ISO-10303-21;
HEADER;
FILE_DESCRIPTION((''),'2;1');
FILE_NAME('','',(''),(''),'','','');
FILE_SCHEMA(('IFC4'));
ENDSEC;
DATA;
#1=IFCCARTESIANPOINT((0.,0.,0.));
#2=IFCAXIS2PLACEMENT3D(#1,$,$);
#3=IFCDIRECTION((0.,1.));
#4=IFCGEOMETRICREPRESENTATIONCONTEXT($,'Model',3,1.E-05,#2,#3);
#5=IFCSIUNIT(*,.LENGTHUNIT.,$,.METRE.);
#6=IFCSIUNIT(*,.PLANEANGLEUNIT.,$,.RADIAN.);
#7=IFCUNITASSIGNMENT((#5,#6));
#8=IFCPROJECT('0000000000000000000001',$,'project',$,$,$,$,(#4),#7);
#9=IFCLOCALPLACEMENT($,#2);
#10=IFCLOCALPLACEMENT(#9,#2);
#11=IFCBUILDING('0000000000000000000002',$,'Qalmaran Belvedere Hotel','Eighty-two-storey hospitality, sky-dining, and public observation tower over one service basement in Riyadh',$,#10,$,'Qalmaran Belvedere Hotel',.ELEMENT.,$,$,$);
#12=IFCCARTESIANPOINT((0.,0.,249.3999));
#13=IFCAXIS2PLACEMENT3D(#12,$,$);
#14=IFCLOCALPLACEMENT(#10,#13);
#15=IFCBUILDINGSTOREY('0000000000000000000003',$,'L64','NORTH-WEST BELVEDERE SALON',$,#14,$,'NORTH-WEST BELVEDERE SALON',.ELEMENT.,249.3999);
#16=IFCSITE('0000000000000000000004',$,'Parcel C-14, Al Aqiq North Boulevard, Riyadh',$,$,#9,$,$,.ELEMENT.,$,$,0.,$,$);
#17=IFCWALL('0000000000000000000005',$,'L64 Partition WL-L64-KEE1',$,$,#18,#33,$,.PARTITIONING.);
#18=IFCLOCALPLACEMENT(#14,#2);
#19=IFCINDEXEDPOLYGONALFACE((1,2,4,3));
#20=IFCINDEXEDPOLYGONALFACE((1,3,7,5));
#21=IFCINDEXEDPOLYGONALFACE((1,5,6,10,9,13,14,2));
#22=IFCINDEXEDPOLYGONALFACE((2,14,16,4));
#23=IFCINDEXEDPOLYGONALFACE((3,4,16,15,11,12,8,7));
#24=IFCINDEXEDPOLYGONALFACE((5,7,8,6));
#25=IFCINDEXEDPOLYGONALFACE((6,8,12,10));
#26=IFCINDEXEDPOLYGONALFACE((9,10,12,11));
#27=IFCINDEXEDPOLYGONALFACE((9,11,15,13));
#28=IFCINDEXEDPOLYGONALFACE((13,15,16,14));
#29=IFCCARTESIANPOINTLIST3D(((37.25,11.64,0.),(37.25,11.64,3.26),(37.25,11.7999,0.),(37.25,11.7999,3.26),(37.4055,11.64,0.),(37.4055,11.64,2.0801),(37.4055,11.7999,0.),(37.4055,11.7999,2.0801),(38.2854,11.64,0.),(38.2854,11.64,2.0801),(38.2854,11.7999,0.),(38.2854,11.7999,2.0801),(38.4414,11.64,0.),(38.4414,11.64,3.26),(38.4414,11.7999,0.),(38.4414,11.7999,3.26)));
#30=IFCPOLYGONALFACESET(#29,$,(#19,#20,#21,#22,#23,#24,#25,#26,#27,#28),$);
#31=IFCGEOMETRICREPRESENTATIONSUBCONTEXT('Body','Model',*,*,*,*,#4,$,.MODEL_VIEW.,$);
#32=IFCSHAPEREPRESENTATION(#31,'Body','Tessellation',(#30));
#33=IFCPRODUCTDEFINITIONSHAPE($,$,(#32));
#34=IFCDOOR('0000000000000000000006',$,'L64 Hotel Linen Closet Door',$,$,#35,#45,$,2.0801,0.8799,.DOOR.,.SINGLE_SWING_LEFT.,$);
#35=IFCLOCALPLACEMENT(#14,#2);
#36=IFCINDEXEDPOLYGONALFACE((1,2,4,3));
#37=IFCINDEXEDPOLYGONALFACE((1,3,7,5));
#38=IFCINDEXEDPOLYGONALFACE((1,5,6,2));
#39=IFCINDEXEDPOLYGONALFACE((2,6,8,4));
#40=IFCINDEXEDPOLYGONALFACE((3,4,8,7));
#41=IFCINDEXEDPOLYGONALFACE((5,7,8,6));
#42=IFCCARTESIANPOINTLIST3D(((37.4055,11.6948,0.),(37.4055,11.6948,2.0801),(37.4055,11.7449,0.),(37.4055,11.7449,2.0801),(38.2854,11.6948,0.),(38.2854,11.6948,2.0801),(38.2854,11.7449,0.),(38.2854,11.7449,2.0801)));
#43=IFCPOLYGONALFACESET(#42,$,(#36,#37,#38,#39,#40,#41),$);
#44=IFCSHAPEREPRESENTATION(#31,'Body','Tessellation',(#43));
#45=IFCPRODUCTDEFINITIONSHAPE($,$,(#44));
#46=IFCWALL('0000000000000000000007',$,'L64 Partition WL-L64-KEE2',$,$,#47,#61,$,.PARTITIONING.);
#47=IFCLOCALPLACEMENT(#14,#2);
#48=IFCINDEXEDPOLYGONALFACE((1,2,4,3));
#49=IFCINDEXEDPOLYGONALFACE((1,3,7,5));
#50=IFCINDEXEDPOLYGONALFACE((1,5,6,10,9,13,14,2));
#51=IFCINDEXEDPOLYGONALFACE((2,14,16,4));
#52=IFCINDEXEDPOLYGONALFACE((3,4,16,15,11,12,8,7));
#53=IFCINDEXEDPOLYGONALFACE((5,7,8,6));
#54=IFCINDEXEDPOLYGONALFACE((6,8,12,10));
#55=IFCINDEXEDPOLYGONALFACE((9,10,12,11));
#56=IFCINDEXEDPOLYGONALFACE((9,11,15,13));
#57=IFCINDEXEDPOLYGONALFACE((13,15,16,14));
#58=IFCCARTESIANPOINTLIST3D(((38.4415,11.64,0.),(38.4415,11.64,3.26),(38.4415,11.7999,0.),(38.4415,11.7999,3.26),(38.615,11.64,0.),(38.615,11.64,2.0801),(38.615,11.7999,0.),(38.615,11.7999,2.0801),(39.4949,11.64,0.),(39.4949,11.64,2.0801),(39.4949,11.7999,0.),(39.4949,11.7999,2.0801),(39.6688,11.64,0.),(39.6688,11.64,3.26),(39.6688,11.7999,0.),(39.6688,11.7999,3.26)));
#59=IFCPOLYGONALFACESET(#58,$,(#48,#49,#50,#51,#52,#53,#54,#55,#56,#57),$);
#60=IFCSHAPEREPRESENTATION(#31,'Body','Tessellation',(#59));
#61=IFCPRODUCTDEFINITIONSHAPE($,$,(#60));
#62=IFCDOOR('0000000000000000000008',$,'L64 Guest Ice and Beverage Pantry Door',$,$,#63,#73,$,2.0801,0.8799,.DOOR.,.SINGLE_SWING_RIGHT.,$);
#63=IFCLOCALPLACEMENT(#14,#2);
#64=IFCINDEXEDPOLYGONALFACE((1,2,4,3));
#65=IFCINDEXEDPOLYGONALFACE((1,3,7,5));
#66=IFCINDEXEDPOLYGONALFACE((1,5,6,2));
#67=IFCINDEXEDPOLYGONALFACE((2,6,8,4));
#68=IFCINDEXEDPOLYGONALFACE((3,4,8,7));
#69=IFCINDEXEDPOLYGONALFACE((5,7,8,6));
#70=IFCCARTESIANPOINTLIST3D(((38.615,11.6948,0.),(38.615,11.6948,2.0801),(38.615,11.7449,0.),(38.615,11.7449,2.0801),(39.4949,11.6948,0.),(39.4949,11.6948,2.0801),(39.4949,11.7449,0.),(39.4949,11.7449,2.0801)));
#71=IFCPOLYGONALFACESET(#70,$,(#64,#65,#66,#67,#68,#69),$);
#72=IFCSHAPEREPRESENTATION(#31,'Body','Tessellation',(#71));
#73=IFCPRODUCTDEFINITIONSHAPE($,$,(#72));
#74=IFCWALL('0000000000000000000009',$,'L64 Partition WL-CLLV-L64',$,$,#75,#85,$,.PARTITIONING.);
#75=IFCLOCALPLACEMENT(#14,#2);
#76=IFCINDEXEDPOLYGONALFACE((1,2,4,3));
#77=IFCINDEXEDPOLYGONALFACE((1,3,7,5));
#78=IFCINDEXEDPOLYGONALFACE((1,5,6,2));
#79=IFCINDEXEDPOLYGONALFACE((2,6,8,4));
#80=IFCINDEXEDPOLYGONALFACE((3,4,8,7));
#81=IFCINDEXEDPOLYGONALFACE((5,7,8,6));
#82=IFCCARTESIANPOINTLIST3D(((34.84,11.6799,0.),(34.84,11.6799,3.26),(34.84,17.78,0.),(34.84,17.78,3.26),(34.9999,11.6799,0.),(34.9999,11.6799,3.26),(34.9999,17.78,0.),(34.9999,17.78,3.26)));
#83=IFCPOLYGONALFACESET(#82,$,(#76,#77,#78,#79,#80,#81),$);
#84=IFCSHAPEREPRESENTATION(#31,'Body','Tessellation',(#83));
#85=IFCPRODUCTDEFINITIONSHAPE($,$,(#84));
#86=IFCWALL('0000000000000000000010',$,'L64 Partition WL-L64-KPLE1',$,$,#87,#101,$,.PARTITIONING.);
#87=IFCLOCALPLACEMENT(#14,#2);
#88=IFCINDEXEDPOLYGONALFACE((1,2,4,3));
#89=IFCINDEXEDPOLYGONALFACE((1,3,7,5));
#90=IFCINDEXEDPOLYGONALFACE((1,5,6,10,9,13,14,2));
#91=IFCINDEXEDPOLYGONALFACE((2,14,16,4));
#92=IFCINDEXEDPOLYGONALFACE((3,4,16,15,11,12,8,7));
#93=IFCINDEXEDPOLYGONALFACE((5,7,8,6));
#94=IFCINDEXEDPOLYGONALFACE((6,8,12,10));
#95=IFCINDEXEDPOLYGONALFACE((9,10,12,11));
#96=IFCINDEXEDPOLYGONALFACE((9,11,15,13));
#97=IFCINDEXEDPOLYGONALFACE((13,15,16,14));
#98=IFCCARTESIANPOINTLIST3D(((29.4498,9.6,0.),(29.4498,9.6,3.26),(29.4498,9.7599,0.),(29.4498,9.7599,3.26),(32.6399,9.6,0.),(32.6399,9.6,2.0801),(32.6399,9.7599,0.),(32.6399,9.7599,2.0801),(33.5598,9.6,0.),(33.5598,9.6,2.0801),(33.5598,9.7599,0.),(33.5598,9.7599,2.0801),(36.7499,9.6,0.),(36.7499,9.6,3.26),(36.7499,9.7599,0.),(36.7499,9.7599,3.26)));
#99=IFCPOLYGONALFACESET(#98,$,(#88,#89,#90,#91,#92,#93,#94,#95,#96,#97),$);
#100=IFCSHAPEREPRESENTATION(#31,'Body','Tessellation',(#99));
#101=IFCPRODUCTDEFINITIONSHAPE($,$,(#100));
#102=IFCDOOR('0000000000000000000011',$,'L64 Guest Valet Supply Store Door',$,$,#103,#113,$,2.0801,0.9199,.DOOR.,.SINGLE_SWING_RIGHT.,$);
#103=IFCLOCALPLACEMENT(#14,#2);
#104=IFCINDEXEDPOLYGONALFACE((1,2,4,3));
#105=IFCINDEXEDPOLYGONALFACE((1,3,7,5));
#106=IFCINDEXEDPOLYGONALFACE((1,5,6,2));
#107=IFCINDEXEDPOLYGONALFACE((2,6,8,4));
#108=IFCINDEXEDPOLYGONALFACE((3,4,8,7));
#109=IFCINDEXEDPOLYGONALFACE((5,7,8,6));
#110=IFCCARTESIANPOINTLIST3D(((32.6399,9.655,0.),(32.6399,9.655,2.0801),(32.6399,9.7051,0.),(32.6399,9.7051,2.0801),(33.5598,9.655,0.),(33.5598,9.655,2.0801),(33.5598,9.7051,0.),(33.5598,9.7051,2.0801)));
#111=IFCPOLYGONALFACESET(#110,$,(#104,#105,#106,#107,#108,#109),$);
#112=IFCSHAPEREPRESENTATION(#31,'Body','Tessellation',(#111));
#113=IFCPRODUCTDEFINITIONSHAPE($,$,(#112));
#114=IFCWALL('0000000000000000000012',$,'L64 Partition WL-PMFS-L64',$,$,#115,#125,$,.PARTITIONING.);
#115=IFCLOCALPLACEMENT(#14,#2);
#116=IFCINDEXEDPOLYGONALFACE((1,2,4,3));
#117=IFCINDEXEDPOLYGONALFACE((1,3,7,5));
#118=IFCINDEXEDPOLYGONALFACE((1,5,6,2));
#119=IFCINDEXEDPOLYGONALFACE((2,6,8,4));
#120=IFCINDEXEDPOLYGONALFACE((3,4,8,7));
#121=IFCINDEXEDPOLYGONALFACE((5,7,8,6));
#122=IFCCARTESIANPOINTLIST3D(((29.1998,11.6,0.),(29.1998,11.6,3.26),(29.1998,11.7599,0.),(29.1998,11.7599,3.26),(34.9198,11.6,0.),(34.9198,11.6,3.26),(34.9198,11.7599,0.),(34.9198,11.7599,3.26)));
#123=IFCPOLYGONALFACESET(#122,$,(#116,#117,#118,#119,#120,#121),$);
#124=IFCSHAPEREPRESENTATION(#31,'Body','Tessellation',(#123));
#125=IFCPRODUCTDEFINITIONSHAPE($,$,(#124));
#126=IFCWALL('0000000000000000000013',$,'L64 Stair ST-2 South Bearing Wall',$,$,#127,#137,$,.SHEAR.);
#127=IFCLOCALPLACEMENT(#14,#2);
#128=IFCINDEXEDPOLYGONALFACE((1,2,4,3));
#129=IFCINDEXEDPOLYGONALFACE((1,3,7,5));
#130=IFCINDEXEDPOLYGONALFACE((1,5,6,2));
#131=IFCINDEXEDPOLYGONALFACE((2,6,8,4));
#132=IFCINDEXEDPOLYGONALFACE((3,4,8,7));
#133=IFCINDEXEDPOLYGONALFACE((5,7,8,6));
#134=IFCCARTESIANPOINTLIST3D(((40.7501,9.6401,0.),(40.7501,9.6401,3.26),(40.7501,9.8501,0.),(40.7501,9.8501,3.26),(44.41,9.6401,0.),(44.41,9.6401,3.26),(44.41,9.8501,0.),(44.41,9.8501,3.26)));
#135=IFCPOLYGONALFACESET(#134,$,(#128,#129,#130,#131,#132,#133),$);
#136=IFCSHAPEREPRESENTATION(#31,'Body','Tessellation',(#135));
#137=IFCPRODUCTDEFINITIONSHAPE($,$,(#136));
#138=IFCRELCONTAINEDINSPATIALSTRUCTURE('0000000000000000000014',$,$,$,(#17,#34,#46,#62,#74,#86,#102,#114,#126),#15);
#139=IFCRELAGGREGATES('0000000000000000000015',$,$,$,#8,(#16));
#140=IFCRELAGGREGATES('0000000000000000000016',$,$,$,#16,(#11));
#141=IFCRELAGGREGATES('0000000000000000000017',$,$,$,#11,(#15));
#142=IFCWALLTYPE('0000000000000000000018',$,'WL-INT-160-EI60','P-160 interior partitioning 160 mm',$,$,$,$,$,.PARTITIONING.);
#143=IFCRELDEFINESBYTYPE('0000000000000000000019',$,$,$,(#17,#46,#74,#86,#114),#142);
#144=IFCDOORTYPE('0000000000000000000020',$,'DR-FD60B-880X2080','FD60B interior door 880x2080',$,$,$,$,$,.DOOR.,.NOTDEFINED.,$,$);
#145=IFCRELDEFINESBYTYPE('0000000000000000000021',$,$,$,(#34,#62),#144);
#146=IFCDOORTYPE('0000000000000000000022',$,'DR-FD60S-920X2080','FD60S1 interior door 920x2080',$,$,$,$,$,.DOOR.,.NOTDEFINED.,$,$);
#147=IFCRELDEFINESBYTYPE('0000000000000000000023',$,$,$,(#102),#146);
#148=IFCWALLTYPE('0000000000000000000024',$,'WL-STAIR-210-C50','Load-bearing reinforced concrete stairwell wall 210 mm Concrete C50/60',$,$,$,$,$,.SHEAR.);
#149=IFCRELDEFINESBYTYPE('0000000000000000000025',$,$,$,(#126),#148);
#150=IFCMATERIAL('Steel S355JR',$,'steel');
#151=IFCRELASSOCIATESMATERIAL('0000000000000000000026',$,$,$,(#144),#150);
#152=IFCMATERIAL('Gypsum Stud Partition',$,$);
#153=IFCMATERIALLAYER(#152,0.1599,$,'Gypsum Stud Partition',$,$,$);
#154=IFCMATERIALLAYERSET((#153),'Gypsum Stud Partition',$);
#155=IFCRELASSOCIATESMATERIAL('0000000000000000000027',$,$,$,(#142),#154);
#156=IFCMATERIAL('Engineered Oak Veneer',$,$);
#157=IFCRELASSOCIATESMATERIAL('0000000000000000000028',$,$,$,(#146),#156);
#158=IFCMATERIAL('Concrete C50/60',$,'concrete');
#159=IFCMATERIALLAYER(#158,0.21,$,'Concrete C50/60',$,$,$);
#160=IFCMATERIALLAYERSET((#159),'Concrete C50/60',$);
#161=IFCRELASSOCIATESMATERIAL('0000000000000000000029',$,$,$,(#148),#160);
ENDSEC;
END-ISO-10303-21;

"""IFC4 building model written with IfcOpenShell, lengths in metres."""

from ifc_helpers import new_model, si_unit, direction, frame, frame_2d, origin, place, context, subcontext, project, spatial, rectangle, extrude, material, layer, layer_set, type_object, element, fill, save


model = new_model("IFC4")

# Units and contexts
model_context = context("Model", 3, precision=1e-05, world=origin(), true_north=direction((0.0, 1.0)))
body_context = subcontext(model_context, "Body", "Model", "MODEL_VIEW")
ifc_project = project(units=[si_unit("LENGTHUNIT", "METRE"), si_unit("PLANEANGLEUNIT", "RADIAN")], contexts=[model_context])

# Site, building, storey
site_placement = place(None, origin())
site = spatial("IfcSite", under=ifc_project, at=site_placement, Name="Parcel C-14, Al Aqiq North Boulevard, Riyadh", CompositionType="ELEMENT", RefElevation=0.0)
building_placement = place(site_placement, origin())
building = spatial("IfcBuilding", under=site, at=building_placement, Name="Qalmaran Belvedere Hotel", Description="Eighty-two-storey hospitality, sky-dining, and public observation tower over one service basement in Riyadh", LongName="Qalmaran Belvedere Hotel", CompositionType="ELEMENT")
storey_placement = place(building_placement, frame((0.0, 0.0, 249.3999)))
storey = spatial("IfcBuildingStorey", under=building, at=storey_placement, Name="L64", Description="NORTH-WEST BELVEDERE SALON", LongName="NORTH-WEST BELVEDERE SALON", CompositionType="ELEMENT", Elevation=249.3999)

# Shared definitions
ifc_material_1 = material(Name="Concrete C50/60", Category="concrete")

# Shared definitions
ifc_material_2 = material(Name="Steel S355JR", Category="steel")

# Shared definitions
ifc_material_3 = material(Name="Gypsum Stud Partition")

# Walls, openings, doors
door_type_1 = type_object("IfcDoorType", Name="DR-FD60B-880X2080", Description="FD60B interior door 880x2080", OperationType="NOTDEFINED", PredefinedType="DOOR", material=ifc_material_2)
ifc_layer_1 = layer(ifc_material_3, 0.1599, Name="Gypsum Stud Partition")
ifc_layer_set_1 = layer_set([ifc_layer_1], Name="Gypsum Stud Partition")
wall_type_1 = type_object("IfcWallType", Name="WL-INT-160-EI60", Description="P-160 interior partitioning 160 mm", PredefinedType="PARTITIONING", material=ifc_layer_set_1)
wall_1_placement = place(storey_placement, frame((37.25, 11.72, 0.0), z_axis=(0.0, 0.0, 1.0), x_axis=(1.0, 0.0, 0.0)))
wall_1 = element("IfcWall", 1, at=wall_1_placement, inside=storey, type_object=wall_type_1, Name="L64 Partition WL-L64-KEE1", PredefinedType="PARTITIONING", context=body_context, shape_type="SweptSolid", body=[
    extrude(rectangle(XDim=1.1914, YDim=0.1599, at=frame_2d((0.5957, 0.0))), origin(), (0.0, 0.0, 1.0), 3.26),
])
opening_1_placement = place(wall_1_placement, frame((0.1555, 0.0, 0.0)))
opening_1 = element("IfcOpeningElement", 2, at=opening_1_placement, cuts=wall_1, PredefinedType="OPENING", context=body_context, shape_type="SweptSolid", body=[
    extrude(rectangle(XDim=0.8799, YDim=2.0801, at=frame_2d((0.4399, 1.04))), frame((0.0, 0.0898, 0.0), z_axis=(0.0, -1.0, 0.0), x_axis=(1.0, 0.0, 0.0)), (0.0, 0.0, 1.0), 0.1799),
])
door_1_placement = place(opening_1_placement, origin())
door_1 = element("IfcDoor", 3, at=door_1_placement, inside=storey, type_object=door_type_1, Name="L64 Hotel Linen Closet Door", OperationType="SINGLE_SWING_LEFT", OverallHeight=2.0801, OverallWidth=0.8799, PredefinedType="DOOR", context=body_context, shape_type="SweptSolid", body=[
    extrude(rectangle(XDim=0.8799, YDim=2.0801, at=frame_2d((0.4399, 1.04))), frame((0.0, 0.0249, 0.0), z_axis=(0.0, -1.0, 0.0), x_axis=(1.0, 0.0, 0.0)), (0.0, 0.0, 1.0), 0.05),
])
fill(opening_1, door_1)
wall_2_placement = place(storey_placement, frame((38.4414, 11.72, 0.0), z_axis=(0.0, 0.0, 1.0), x_axis=(1.0, 0.0, 0.0)))
wall_2 = element("IfcWall", 4, at=wall_2_placement, inside=storey, type_object=wall_type_1, Name="L64 Partition WL-L64-KEE2", PredefinedType="PARTITIONING", context=body_context, shape_type="SweptSolid", body=[
    extrude(rectangle(XDim=1.2273, YDim=0.1599, at=frame_2d((0.6138, 0.0))), origin(), (0.0, 0.0, 1.0), 3.26),
])
opening_2_placement = place(wall_2_placement, frame((0.1736, 0.0, 0.0)))
opening_2 = element("IfcOpeningElement", 5, at=opening_2_placement, cuts=wall_2, PredefinedType="OPENING", context=body_context, shape_type="SweptSolid", body=[
    extrude(rectangle(XDim=0.8799, YDim=2.0801, at=frame_2d((0.4399, 1.04))), frame((0.0, 0.0898, 0.0), z_axis=(0.0, -1.0, 0.0), x_axis=(1.0, 0.0, 0.0)), (0.0, 0.0, 1.0), 0.1799),
])
door_2_placement = place(opening_2_placement, origin())
door_2 = element("IfcDoor", 6, at=door_2_placement, inside=storey, type_object=door_type_1, Name="L64 Guest Ice and Beverage Pantry Door", OperationType="SINGLE_SWING_RIGHT", OverallHeight=2.0801, OverallWidth=0.8799, PredefinedType="DOOR", context=body_context, shape_type="SweptSolid", body=[
    extrude(rectangle(XDim=0.8799, YDim=2.0801, at=frame_2d((0.4399, 1.04))), frame((0.0, 0.0249, 0.0), z_axis=(0.0, -1.0, 0.0), x_axis=(1.0, 0.0, 0.0)), (0.0, 0.0, 1.0), 0.05),
])
fill(opening_2, door_2)
ifc_material_4 = material(Name="Engineered Oak Veneer")

# Wall
wall_3_placement = place(storey_placement, frame((34.9199, 11.6799, 0.0), z_axis=(0.0, 0.0, 1.0), x_axis=(0.0, 1.0, 0.0)))
element("IfcWall", 7, at=wall_3_placement, inside=storey, type_object=wall_type_1, Name="L64 Partition WL-CLLV-L64", PredefinedType="PARTITIONING", context=body_context, shape_type="SweptSolid", body=[
    extrude(rectangle(XDim=6.1001, YDim=0.1599, at=frame_2d((3.05, 0.0))), origin(), (0.0, 0.0, 1.0), 3.26),
])

# Wall, opening, door
wall_4_placement = place(storey_placement, frame((29.45, 9.6799, 0.0), z_axis=(0.0, 0.0, 1.0), x_axis=(1.0, 0.0, 0.0)))
wall_4 = element("IfcWall", 8, at=wall_4_placement, inside=storey, type_object=wall_type_1, Name="L64 Partition WL-L64-KPLE1", PredefinedType="PARTITIONING", context=body_context, shape_type="SweptSolid", body=[
    extrude(rectangle(XDim=7.3, YDim=0.1599, at=frame_2d((3.6499, 0.0))), origin(), (0.0, 0.0, 1.0), 3.26),
])
opening_3_placement = place(wall_4_placement, frame((4.1099, 0.0, 0.0), z_axis=(0.0, 0.0, 1.0), x_axis=(-1.0, 0.0, 0.0)))
opening_3 = element("IfcOpeningElement", 9, at=opening_3_placement, cuts=wall_4, PredefinedType="OPENING", context=body_context, shape_type="SweptSolid", body=[
    extrude(rectangle(XDim=0.9199, YDim=2.0801, at=frame_2d((0.46, 1.04))), frame((0.0, 0.0898, 0.0), z_axis=(0.0, -1.0, 0.0), x_axis=(1.0, 0.0, 0.0)), (0.0, 0.0, 1.0), 0.1799),
])
door_type_2 = type_object("IfcDoorType", Name="DR-FD60S-920X2080", Description="FD60S1 interior door 920x2080", OperationType="NOTDEFINED", PredefinedType="DOOR", material=ifc_material_4)
door_3_placement = place(opening_3_placement, origin())
door_3 = element("IfcDoor", 10, at=door_3_placement, inside=storey, type_object=door_type_2, Name="L64 Guest Valet Supply Store Door", OperationType="SINGLE_SWING_RIGHT", OverallHeight=2.0801, OverallWidth=0.9199, PredefinedType="DOOR", context=body_context, shape_type="SweptSolid", body=[
    extrude(rectangle(XDim=0.9199, YDim=2.0801, at=frame_2d((0.46, 1.04))), frame((0.0, 0.0249, 0.0), z_axis=(0.0, -1.0, 0.0), x_axis=(1.0, 0.0, 0.0)), (0.0, 0.0, 1.0), 0.05),
])
fill(opening_3, door_3)

# Walls
wall_5_placement = place(storey_placement, frame((29.2, 11.6799, 0.0), z_axis=(0.0, 0.0, 1.0), x_axis=(1.0, 0.0, 0.0)))
element("IfcWall", 11, at=wall_5_placement, inside=storey, type_object=wall_type_1, Name="L64 Partition WL-PMFS-L64", PredefinedType="PARTITIONING", context=body_context, shape_type="SweptSolid", body=[
    extrude(rectangle(XDim=5.72, YDim=0.1599, at=frame_2d((2.8599, 0.0))), origin(), (0.0, 0.0, 1.0), 3.26),
])
ifc_layer_2 = layer(ifc_material_1, 0.21, Name="Concrete C50/60")
ifc_layer_set_2 = layer_set([ifc_layer_2], Name="Concrete C50/60")
wall_type_2 = type_object("IfcWallType", Name="WL-STAIR-210-C50", Description="Load-bearing reinforced concrete stairwell wall 210 mm Concrete C50/60", PredefinedType="SHEAR", material=ifc_layer_set_2)
wall_6_placement = place(storey_placement, frame((40.75, 9.7451, 0.0), z_axis=(0.0, 0.0, 1.0), x_axis=(1.0, 0.0, 0.0)))
element("IfcWall", 12, at=wall_6_placement, inside=storey, type_object=wall_type_2, Name="L64 Stair ST-2 South Bearing Wall", PredefinedType="SHEAR", context=body_context, shape_type="SweptSolid", body=[
    extrude(rectangle(XDim=3.6599, YDim=0.21, at=frame_2d((1.8301, 0.0))), origin(), (0.0, 0.0, 1.0), 3.26),
])

save(model, "model.ifc")
